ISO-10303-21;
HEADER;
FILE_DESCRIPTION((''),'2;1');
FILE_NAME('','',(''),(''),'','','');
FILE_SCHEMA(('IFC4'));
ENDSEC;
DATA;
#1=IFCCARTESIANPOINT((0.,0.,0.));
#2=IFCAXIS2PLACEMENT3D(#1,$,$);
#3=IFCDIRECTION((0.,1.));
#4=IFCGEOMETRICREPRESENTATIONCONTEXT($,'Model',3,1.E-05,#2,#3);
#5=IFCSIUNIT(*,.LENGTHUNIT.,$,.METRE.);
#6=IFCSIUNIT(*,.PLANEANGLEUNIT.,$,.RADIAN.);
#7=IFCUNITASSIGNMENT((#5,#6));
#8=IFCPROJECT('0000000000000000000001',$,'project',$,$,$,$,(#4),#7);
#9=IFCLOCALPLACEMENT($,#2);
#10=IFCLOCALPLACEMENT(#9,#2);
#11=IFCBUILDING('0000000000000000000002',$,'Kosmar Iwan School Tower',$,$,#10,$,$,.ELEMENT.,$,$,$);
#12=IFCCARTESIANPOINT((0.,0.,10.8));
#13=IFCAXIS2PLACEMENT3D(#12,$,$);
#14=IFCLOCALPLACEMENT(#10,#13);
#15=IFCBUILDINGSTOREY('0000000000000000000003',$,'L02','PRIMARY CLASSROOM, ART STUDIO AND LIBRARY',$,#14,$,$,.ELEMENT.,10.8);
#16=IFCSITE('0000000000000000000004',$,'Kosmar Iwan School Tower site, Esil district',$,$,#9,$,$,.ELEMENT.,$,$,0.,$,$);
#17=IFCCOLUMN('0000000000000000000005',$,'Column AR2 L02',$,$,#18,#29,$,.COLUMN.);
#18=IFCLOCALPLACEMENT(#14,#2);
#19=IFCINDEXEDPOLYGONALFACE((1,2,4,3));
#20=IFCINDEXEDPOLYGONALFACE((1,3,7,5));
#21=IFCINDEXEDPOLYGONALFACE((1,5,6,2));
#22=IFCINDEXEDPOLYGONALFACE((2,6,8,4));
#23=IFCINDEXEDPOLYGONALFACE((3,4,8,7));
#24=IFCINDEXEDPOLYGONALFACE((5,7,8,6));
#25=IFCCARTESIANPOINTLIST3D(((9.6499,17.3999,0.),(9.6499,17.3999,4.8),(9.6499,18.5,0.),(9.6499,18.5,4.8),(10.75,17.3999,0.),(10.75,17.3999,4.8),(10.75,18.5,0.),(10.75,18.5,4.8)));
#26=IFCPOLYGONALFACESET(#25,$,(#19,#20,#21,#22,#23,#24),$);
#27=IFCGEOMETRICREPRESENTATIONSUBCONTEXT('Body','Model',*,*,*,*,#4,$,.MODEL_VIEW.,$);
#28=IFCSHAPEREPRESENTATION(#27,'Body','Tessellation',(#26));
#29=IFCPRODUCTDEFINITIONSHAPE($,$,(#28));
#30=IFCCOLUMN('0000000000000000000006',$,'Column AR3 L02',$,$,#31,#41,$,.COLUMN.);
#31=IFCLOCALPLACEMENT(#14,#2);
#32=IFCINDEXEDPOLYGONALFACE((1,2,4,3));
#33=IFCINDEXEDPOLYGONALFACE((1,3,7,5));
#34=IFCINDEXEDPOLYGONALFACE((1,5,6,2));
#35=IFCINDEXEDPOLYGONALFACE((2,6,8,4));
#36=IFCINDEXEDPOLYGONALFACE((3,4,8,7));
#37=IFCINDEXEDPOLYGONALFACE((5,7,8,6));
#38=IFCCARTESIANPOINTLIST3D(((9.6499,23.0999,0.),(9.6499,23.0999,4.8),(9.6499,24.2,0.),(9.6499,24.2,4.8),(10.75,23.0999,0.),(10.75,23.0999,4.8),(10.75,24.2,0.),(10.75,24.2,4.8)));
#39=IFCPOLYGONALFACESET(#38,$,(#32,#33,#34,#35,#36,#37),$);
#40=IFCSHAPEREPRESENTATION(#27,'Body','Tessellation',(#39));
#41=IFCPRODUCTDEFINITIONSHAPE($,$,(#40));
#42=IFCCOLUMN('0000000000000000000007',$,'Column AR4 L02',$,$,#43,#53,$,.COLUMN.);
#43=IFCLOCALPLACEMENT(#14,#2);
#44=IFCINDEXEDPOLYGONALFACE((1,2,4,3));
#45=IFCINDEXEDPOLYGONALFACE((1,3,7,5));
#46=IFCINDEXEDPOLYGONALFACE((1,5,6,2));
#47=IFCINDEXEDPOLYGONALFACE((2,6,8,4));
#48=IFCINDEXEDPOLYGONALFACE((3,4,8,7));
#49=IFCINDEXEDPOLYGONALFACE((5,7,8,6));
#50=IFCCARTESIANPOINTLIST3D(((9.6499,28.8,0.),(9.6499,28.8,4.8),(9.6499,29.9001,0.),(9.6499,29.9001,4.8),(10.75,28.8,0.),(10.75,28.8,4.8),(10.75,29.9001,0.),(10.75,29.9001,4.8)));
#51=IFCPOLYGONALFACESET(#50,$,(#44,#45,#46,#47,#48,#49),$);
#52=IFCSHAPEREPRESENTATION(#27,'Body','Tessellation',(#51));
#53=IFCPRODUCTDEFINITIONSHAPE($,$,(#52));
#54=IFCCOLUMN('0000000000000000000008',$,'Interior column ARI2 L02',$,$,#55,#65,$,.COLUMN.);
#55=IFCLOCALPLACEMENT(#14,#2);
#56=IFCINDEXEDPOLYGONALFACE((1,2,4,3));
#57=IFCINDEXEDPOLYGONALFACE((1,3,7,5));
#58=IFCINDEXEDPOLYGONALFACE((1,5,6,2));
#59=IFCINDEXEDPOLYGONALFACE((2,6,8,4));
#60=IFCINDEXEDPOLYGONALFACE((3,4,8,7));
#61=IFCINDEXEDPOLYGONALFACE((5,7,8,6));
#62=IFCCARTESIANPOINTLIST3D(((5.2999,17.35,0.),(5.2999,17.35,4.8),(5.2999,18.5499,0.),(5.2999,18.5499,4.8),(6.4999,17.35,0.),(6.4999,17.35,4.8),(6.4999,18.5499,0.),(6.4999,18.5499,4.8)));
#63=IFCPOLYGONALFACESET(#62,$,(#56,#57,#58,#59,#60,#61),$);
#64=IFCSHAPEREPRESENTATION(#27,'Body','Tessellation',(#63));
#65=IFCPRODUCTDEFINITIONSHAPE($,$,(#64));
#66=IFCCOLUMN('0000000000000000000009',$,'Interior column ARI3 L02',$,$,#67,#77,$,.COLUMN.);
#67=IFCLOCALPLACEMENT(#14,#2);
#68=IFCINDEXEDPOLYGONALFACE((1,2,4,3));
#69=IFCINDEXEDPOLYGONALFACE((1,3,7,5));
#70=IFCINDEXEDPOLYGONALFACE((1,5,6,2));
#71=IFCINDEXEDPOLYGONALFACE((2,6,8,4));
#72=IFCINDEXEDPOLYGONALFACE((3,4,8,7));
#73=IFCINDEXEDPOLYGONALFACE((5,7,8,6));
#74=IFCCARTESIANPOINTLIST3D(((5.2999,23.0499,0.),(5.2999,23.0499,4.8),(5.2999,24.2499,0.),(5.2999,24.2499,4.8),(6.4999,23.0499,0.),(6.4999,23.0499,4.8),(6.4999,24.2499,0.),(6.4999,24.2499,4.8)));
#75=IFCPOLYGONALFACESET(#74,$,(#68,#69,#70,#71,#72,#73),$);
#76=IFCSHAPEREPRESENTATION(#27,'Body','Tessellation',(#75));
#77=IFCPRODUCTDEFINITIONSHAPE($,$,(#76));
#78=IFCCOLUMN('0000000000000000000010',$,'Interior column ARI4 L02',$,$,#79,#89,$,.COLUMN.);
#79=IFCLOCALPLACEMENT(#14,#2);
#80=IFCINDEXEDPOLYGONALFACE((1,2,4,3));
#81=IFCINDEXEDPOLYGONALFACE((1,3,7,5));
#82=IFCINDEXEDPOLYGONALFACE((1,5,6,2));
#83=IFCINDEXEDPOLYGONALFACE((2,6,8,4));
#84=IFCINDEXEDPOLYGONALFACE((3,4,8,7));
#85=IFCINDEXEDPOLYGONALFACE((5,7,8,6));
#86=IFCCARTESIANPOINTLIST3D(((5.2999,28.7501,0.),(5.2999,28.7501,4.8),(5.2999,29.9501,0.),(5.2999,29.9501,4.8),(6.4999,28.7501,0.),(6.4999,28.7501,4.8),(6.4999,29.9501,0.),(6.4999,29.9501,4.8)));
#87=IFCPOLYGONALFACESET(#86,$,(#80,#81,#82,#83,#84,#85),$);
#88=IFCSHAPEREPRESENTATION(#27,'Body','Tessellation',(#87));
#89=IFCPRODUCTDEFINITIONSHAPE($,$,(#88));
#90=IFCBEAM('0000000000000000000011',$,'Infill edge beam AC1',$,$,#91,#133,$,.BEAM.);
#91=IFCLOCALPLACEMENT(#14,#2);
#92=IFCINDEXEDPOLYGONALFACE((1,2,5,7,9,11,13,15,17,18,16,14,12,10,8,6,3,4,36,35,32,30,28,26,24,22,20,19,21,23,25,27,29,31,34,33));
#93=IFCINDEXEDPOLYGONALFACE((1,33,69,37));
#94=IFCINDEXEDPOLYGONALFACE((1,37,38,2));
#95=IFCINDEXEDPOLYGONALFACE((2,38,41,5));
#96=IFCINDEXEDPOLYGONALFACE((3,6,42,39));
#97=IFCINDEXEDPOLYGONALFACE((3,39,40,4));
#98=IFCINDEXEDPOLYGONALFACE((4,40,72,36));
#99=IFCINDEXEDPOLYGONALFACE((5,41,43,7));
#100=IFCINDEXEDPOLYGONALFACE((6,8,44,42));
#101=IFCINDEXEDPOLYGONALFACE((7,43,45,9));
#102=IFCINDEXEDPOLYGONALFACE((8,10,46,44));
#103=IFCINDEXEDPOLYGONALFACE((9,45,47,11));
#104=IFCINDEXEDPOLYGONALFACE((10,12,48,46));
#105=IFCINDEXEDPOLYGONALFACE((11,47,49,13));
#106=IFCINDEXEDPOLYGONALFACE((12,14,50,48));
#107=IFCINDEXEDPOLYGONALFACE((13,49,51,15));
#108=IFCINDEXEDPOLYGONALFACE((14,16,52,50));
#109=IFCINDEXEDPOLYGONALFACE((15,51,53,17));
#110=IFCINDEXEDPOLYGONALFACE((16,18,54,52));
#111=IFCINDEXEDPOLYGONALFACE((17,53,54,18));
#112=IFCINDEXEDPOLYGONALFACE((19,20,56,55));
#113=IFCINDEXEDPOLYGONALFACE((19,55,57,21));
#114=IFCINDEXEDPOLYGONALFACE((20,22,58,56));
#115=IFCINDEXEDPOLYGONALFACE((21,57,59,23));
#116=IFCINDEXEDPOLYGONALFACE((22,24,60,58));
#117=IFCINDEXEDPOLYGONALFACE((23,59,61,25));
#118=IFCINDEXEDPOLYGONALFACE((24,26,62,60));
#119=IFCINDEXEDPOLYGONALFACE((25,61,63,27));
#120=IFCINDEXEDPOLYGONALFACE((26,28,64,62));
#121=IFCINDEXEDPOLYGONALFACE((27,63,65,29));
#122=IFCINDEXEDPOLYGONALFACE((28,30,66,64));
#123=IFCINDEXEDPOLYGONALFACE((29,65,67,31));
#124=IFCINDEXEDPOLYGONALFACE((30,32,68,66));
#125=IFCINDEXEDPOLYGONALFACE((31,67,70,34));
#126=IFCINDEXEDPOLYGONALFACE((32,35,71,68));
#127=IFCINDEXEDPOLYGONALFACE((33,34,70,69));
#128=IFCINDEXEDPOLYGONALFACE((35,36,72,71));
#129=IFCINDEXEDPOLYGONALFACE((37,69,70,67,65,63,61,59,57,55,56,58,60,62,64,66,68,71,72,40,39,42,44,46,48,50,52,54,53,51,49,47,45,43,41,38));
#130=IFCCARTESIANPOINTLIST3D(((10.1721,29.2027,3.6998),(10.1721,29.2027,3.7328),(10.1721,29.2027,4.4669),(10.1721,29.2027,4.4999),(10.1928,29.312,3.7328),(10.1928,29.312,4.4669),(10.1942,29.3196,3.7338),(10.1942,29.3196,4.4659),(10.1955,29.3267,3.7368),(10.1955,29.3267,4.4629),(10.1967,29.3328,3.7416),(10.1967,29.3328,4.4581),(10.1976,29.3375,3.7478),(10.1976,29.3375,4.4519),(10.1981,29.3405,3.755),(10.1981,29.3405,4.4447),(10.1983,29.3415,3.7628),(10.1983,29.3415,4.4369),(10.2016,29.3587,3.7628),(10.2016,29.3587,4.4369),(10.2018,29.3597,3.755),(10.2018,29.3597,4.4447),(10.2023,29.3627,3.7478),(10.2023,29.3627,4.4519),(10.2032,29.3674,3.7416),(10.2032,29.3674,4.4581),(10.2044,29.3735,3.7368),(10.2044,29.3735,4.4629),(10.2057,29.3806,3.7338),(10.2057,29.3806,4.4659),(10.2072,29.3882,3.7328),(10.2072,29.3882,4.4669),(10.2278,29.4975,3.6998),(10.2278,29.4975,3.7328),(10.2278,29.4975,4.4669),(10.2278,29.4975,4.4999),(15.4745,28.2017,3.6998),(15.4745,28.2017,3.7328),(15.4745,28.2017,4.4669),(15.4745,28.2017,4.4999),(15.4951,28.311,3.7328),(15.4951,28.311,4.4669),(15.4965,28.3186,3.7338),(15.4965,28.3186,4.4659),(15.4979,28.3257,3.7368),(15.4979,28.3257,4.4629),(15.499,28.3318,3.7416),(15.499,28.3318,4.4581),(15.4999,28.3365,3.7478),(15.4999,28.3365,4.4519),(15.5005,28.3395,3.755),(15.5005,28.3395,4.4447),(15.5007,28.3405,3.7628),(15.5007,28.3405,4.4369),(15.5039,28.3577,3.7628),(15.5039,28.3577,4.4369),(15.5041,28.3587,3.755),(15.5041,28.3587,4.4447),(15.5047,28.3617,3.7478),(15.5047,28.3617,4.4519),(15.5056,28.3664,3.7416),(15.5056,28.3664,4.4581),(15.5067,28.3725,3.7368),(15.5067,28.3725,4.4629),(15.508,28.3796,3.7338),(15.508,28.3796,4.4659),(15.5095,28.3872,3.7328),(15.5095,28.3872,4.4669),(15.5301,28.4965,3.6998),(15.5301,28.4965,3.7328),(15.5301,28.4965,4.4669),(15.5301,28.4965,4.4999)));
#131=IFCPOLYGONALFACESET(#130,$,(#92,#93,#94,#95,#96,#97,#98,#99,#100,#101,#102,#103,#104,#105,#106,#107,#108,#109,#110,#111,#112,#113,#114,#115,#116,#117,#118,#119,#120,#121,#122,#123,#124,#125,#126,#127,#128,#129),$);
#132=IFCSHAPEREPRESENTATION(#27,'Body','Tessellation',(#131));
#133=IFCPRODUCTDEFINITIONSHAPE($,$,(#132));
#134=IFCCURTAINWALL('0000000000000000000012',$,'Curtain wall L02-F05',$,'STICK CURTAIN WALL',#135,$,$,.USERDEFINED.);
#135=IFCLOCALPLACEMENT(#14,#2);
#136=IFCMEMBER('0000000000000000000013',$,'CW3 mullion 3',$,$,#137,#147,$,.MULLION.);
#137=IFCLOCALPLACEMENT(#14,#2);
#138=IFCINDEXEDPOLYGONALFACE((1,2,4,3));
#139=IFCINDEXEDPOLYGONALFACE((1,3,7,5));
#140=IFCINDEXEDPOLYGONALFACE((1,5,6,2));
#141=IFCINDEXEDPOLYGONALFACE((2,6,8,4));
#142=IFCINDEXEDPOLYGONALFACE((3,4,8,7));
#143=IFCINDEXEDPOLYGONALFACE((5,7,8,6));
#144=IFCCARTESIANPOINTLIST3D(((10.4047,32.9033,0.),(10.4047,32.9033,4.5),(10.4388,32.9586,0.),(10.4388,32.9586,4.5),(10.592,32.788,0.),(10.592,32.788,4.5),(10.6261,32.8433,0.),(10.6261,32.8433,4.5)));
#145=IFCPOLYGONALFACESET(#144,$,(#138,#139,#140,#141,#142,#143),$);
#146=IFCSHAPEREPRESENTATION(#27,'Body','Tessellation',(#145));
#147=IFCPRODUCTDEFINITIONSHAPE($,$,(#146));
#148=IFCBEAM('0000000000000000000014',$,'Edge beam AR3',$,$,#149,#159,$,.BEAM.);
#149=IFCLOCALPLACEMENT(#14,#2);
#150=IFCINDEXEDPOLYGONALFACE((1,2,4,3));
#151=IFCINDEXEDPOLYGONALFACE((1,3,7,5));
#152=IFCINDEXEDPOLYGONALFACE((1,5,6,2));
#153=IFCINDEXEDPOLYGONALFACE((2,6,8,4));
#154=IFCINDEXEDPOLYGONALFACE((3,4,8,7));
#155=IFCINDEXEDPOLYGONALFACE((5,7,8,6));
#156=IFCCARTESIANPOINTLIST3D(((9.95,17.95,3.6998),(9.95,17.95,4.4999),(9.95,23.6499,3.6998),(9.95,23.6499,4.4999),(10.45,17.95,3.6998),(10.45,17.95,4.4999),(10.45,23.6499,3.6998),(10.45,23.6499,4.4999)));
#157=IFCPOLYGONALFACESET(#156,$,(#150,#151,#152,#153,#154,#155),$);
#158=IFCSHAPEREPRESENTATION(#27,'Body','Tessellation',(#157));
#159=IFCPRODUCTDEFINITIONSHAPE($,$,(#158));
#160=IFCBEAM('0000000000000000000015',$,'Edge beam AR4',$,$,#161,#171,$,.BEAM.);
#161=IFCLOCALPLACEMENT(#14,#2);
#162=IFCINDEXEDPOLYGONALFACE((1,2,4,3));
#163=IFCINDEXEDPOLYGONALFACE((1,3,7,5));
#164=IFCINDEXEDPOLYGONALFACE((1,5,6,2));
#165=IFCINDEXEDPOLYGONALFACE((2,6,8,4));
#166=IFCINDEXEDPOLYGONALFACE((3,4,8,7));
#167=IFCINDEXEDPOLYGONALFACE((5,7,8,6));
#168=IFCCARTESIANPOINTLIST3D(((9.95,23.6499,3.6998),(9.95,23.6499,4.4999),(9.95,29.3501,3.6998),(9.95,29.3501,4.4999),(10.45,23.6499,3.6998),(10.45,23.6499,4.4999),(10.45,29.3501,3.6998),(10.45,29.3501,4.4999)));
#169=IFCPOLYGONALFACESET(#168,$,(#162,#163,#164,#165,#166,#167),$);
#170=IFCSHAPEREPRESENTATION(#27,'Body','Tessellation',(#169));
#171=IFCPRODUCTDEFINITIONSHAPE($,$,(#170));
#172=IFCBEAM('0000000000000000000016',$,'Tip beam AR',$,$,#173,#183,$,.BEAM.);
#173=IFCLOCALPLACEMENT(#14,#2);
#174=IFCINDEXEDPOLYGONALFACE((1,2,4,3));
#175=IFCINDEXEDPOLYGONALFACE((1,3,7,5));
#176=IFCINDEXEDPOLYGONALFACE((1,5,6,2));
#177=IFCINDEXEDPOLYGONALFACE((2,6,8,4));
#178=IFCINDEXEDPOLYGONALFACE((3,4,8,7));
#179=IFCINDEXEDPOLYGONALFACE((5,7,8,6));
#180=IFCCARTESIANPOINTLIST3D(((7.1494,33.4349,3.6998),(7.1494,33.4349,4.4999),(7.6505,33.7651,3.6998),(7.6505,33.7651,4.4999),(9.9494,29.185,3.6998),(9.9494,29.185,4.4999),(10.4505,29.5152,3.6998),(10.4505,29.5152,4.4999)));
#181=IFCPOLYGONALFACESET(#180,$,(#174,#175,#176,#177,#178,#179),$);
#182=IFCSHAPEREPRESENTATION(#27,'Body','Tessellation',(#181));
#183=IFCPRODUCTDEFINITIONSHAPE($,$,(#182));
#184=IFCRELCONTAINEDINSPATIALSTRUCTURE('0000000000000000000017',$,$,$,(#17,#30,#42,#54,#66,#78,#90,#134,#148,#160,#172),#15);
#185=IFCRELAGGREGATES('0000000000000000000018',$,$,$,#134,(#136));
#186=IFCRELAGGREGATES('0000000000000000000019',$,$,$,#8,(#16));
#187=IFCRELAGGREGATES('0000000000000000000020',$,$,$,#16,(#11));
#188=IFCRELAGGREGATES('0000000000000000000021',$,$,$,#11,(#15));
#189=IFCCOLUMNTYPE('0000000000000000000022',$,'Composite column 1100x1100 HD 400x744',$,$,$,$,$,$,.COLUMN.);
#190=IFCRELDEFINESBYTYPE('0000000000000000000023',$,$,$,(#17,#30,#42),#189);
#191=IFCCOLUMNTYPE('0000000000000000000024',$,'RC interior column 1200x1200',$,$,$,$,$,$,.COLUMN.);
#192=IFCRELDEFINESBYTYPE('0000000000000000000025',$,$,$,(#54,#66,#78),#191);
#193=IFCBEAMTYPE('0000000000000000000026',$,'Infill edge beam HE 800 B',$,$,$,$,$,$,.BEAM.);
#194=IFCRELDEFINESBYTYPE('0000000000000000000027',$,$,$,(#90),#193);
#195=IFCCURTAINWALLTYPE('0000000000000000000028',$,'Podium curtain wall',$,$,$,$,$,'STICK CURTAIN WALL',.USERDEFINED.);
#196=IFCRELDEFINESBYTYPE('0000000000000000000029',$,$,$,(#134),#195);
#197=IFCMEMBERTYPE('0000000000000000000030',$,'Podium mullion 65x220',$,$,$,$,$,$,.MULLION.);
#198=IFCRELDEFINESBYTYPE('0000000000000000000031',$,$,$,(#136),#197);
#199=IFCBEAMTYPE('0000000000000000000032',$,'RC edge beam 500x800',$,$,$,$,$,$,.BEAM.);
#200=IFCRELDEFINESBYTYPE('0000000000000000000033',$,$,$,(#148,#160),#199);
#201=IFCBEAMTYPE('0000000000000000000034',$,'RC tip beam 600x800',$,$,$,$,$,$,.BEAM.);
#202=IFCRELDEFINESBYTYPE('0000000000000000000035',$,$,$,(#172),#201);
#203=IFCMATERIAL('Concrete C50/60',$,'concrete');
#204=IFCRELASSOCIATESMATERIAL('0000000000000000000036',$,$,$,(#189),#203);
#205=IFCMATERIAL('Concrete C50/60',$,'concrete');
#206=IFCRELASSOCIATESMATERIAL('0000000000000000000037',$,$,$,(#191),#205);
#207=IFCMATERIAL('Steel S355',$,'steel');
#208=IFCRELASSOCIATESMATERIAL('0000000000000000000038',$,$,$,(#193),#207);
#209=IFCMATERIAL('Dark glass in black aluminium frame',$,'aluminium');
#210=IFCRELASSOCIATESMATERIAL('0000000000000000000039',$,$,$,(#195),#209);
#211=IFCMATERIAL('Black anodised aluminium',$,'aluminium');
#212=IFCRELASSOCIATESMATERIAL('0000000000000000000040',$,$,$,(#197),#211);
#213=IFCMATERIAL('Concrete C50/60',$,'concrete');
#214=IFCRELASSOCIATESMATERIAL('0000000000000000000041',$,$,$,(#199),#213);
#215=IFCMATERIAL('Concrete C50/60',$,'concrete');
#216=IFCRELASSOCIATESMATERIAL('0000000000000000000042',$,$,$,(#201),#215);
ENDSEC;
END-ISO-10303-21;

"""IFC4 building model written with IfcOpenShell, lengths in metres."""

from ifc_helpers import new_model, si_unit, direction, frame, origin, origin_2d, place, context, subcontext, project, spatial, rectangle, i_section, extrude, material, material_profile, profile_set, type_object, element, aggregate, save


model = new_model("IFC4")

# Units and contexts
model_context = context("Model", 3, precision=1e-05, world=origin(), true_north=direction((0.0, 1.0)))
body_context = subcontext(model_context, "Body", "Model", "MODEL_VIEW")
ifc_project = project(units=[si_unit("LENGTHUNIT", "METRE"), si_unit("PLANEANGLEUNIT", "RADIAN")], contexts=[model_context])

# Site, building, storey
site_placement = place(None, origin())
site = spatial("IfcSite", under=ifc_project, at=site_placement, Name="Kosmar Iwan School Tower site, Esil district", CompositionType="ELEMENT", RefElevation=0.0)
building_placement = place(site_placement, origin())
building = spatial("IfcBuilding", under=site, at=building_placement, Name="Kosmar Iwan School Tower", CompositionType="ELEMENT")
storey_placement = place(building_placement, frame((0.0, 0.0, 10.8)))
storey = spatial("IfcBuildingStorey", under=building, at=storey_placement, Name="L02", Description="PRIMARY CLASSROOM, ART STUDIO AND LIBRARY", CompositionType="ELEMENT", Elevation=10.8)

# Columns
ifc_material_1 = material(Name="Concrete C50/60", Category="concrete")
ifc_material_profile_1 = material_profile(ifc_material_1, rectangle(XDim=1.1001, YDim=1.1001, at=origin_2d()), Name="RC 1100x1100 + HD 400x744")
ifc_profile_set_1 = profile_set([ifc_material_profile_1], Name="Concrete C50/60")
column_type_1 = type_object("IfcColumnType", Name="Composite column 1100x1100 HD 400x744", PredefinedType="COLUMN", material=ifc_profile_set_1)
for number, where, z_axis, x_axis, name in (
    (1, (10.2, 17.95, 0.0), (0.0, 0.0, 1.0), (0.0, 1.0, 0.0), "Column AR2 L02"),
    (2, (10.2, 23.6499, 0.0), (0.0, 0.0, 1.0), (0.0, 1.0, 0.0), "Column AR3 L02"),
    (3, (10.2, 29.3501, 0.0), (0.0, 0.0, 1.0), (0.0, 1.0, 0.0), "Column AR4 L02"),
):
    element("IfcColumn", number, at=place(storey_placement, frame(where, z_axis=z_axis, x_axis=x_axis)), inside=storey, type_object=column_type_1, Name=name, PredefinedType="COLUMN", context=body_context, shape_type="SweptSolid", body=[
        extrude(rectangle(XDim=1.1001, YDim=1.1001, at=origin_2d()), origin(), (0.0, 0.0, 1.0), 4.8),
    ])
ifc_material_2 = material(Name="Concrete C50/60", Category="concrete")
ifc_material_profile_2 = material_profile(ifc_material_2, rectangle(XDim=1.2, YDim=1.2, at=origin_2d()), Name="RC 1200x1200")
ifc_profile_set_2 = profile_set([ifc_material_profile_2], Name="Concrete C50/60")
column_type_2 = type_object("IfcColumnType", Name="RC interior column 1200x1200", PredefinedType="COLUMN", material=ifc_profile_set_2)
for number, where, z_axis, x_axis, name in (
    (4, (5.8999, 17.95, 0.0), (0.0, 0.0, 1.0), (0.0, 1.0, 0.0), "Interior column ARI2 L02"),
    (5, (5.8999, 23.6499, 0.0), (0.0, 0.0, 1.0), (0.0, 1.0, 0.0), "Interior column ARI3 L02"),
    (6, (5.8999, 29.3501, 0.0), (0.0, 0.0, 1.0), (0.0, 1.0, 0.0), "Interior column ARI4 L02"),
):
    element("IfcColumn", number, at=place(storey_placement, frame(where, z_axis=z_axis, x_axis=x_axis)), inside=storey, type_object=column_type_2, Name=name, PredefinedType="COLUMN", context=body_context, shape_type="SweptSolid", body=[
        extrude(rectangle(XDim=1.2, YDim=1.2, at=origin_2d()), origin(), (0.0, 0.0, 1.0), 4.8),
    ])

# Beam
ifc_material_3 = material(Name="Steel S355", Category="steel")
ifc_material_profile_3 = material_profile(ifc_material_3, i_section(OverallWidth=0.3, OverallDepth=0.8, WebThickness=0.0176, FlangeThickness=0.033, FilletRadius=0.03, at=origin_2d()), Name="HE 800 B")
ifc_profile_set_3 = profile_set([ifc_material_profile_3], Name="Steel S355")
beam_type_1 = type_object("IfcBeamType", Name="Infill edge beam HE 800 B", PredefinedType="BEAM", material=ifc_profile_set_3)
beam_1_placement = place(storey_placement, frame((10.2, 29.3501, 4.0999), z_axis=(0.982643, -0.185507, 0.0), x_axis=(0.185507, 0.982643, 0.0)))
element("IfcBeam", 7, at=beam_1_placement, inside=storey, type_object=beam_type_1, Name="Infill edge beam AC1", PredefinedType="BEAM", context=body_context, shape_type="SweptSolid", body=[
    extrude(i_section(OverallWidth=0.3, OverallDepth=0.8, WebThickness=0.0176, FlangeThickness=0.033, FilletRadius=0.03, at=origin_2d()), origin(), (0.0, 0.0, 1.0), 5.396),
])

# Curtain wall, member
ifc_material_4 = material(Name="Dark glass in black aluminium frame", Category="aluminium")
curtain_wall_type = type_object("IfcCurtainWallType", Name="Podium curtain wall", ElementType="STICK CURTAIN WALL", PredefinedType="USERDEFINED", material=ifc_material_4)
curtain_wall_placement = place(storey_placement, origin())
curtain_wall = element("IfcCurtainWall", 8, at=curtain_wall_placement, inside=storey, type_object=curtain_wall_type, Name="Curtain wall L02-F05", ObjectType="STICK CURTAIN WALL", PredefinedType="USERDEFINED")
ifc_material_5 = material(Name="Black anodised aluminium", Category="aluminium")
ifc_material_profile_4 = material_profile(ifc_material_5, rectangle(XDim=0.0649, YDim=0.22, at=origin_2d()), Name="MULLION 65x220")
ifc_profile_set_4 = profile_set([ifc_material_profile_4], Name="Black anodised aluminium")
member_type_1 = type_object("IfcMemberType", Name="Podium mullion 65x220", PredefinedType="MULLION", material=ifc_profile_set_4)
member_1_placement = place(storey_placement, frame((10.5154, 32.8733, 0.0), z_axis=(0.0, 0.0, 1.0), x_axis=(-0.524382, -0.851483, 0.0)))
member_1 = element("IfcMember", 9, at=member_1_placement, type_object=member_type_1, Name="CW3 mullion 3", PredefinedType="MULLION", context=body_context, shape_type="SweptSolid", body=[
    extrude(rectangle(XDim=0.0649, YDim=0.22, at=origin_2d()), origin(), (0.0, 0.0, 1.0), 4.5),
])

# Beams
ifc_material_6 = material(Name="Concrete C50/60", Category="concrete")
ifc_material_profile_5 = material_profile(ifc_material_6, rectangle(XDim=0.5, YDim=0.8, at=origin_2d()), Name="RC 500x800")
ifc_profile_set_5 = profile_set([ifc_material_profile_5], Name="Concrete C50/60")
beam_type_2 = type_object("IfcBeamType", Name="RC edge beam 500x800", PredefinedType="BEAM", material=ifc_profile_set_5)
beam_2_placement = place(storey_placement, frame((10.2, 17.95, 4.0999), z_axis=(0.0, 1.0, 0.0), x_axis=(-1.0, 0.0, 0.0)))
element("IfcBeam", 10, at=beam_2_placement, inside=storey, type_object=beam_type_2, Name="Edge beam AR3", PredefinedType="BEAM", context=body_context, shape_type="SweptSolid", body=[
    extrude(rectangle(XDim=0.5, YDim=0.8, at=origin_2d()), origin(), (0.0, 0.0, 1.0), 5.7),
])
beam_3_placement = place(storey_placement, frame((10.2, 23.6499, 4.0999), z_axis=(0.0, 1.0, 0.0), x_axis=(-1.0, 0.0, 0.0)))
element("IfcBeam", 11, at=beam_3_placement, inside=storey, type_object=beam_type_2, Name="Edge beam AR4", PredefinedType="BEAM", context=body_context, shape_type="SweptSolid", body=[
    extrude(rectangle(XDim=0.5, YDim=0.8, at=origin_2d()), origin(), (0.0, 0.0, 1.0), 5.7002),
])
ifc_material_7 = material(Name="Concrete C50/60", Category="concrete")
ifc_material_profile_6 = material_profile(ifc_material_7, rectangle(XDim=0.6001, YDim=0.8, at=origin_2d()), Name="RC 600x800")
ifc_profile_set_6 = profile_set([ifc_material_profile_6], Name="Concrete C50/60")
beam_type_3 = type_object("IfcBeamType", Name="RC tip beam 600x800", PredefinedType="BEAM", material=ifc_profile_set_6)
beam_4_placement = place(storey_placement, frame((10.2, 29.3501, 4.0999), z_axis=(-0.550164, 0.835056, 0.0), x_axis=(-0.835056, -0.550164, 0.0)))
element("IfcBeam", 12, at=beam_4_placement, inside=storey, type_object=beam_type_3, Name="Tip beam AR", PredefinedType="BEAM", context=body_context, shape_type="SweptSolid", body=[
    extrude(rectangle(XDim=0.6001, YDim=0.8, at=origin_2d()), origin(), (0.0, 0.0, 1.0), 5.0894),
])

aggregate(curtain_wall, [member_1])

save(model, "model.ifc")
